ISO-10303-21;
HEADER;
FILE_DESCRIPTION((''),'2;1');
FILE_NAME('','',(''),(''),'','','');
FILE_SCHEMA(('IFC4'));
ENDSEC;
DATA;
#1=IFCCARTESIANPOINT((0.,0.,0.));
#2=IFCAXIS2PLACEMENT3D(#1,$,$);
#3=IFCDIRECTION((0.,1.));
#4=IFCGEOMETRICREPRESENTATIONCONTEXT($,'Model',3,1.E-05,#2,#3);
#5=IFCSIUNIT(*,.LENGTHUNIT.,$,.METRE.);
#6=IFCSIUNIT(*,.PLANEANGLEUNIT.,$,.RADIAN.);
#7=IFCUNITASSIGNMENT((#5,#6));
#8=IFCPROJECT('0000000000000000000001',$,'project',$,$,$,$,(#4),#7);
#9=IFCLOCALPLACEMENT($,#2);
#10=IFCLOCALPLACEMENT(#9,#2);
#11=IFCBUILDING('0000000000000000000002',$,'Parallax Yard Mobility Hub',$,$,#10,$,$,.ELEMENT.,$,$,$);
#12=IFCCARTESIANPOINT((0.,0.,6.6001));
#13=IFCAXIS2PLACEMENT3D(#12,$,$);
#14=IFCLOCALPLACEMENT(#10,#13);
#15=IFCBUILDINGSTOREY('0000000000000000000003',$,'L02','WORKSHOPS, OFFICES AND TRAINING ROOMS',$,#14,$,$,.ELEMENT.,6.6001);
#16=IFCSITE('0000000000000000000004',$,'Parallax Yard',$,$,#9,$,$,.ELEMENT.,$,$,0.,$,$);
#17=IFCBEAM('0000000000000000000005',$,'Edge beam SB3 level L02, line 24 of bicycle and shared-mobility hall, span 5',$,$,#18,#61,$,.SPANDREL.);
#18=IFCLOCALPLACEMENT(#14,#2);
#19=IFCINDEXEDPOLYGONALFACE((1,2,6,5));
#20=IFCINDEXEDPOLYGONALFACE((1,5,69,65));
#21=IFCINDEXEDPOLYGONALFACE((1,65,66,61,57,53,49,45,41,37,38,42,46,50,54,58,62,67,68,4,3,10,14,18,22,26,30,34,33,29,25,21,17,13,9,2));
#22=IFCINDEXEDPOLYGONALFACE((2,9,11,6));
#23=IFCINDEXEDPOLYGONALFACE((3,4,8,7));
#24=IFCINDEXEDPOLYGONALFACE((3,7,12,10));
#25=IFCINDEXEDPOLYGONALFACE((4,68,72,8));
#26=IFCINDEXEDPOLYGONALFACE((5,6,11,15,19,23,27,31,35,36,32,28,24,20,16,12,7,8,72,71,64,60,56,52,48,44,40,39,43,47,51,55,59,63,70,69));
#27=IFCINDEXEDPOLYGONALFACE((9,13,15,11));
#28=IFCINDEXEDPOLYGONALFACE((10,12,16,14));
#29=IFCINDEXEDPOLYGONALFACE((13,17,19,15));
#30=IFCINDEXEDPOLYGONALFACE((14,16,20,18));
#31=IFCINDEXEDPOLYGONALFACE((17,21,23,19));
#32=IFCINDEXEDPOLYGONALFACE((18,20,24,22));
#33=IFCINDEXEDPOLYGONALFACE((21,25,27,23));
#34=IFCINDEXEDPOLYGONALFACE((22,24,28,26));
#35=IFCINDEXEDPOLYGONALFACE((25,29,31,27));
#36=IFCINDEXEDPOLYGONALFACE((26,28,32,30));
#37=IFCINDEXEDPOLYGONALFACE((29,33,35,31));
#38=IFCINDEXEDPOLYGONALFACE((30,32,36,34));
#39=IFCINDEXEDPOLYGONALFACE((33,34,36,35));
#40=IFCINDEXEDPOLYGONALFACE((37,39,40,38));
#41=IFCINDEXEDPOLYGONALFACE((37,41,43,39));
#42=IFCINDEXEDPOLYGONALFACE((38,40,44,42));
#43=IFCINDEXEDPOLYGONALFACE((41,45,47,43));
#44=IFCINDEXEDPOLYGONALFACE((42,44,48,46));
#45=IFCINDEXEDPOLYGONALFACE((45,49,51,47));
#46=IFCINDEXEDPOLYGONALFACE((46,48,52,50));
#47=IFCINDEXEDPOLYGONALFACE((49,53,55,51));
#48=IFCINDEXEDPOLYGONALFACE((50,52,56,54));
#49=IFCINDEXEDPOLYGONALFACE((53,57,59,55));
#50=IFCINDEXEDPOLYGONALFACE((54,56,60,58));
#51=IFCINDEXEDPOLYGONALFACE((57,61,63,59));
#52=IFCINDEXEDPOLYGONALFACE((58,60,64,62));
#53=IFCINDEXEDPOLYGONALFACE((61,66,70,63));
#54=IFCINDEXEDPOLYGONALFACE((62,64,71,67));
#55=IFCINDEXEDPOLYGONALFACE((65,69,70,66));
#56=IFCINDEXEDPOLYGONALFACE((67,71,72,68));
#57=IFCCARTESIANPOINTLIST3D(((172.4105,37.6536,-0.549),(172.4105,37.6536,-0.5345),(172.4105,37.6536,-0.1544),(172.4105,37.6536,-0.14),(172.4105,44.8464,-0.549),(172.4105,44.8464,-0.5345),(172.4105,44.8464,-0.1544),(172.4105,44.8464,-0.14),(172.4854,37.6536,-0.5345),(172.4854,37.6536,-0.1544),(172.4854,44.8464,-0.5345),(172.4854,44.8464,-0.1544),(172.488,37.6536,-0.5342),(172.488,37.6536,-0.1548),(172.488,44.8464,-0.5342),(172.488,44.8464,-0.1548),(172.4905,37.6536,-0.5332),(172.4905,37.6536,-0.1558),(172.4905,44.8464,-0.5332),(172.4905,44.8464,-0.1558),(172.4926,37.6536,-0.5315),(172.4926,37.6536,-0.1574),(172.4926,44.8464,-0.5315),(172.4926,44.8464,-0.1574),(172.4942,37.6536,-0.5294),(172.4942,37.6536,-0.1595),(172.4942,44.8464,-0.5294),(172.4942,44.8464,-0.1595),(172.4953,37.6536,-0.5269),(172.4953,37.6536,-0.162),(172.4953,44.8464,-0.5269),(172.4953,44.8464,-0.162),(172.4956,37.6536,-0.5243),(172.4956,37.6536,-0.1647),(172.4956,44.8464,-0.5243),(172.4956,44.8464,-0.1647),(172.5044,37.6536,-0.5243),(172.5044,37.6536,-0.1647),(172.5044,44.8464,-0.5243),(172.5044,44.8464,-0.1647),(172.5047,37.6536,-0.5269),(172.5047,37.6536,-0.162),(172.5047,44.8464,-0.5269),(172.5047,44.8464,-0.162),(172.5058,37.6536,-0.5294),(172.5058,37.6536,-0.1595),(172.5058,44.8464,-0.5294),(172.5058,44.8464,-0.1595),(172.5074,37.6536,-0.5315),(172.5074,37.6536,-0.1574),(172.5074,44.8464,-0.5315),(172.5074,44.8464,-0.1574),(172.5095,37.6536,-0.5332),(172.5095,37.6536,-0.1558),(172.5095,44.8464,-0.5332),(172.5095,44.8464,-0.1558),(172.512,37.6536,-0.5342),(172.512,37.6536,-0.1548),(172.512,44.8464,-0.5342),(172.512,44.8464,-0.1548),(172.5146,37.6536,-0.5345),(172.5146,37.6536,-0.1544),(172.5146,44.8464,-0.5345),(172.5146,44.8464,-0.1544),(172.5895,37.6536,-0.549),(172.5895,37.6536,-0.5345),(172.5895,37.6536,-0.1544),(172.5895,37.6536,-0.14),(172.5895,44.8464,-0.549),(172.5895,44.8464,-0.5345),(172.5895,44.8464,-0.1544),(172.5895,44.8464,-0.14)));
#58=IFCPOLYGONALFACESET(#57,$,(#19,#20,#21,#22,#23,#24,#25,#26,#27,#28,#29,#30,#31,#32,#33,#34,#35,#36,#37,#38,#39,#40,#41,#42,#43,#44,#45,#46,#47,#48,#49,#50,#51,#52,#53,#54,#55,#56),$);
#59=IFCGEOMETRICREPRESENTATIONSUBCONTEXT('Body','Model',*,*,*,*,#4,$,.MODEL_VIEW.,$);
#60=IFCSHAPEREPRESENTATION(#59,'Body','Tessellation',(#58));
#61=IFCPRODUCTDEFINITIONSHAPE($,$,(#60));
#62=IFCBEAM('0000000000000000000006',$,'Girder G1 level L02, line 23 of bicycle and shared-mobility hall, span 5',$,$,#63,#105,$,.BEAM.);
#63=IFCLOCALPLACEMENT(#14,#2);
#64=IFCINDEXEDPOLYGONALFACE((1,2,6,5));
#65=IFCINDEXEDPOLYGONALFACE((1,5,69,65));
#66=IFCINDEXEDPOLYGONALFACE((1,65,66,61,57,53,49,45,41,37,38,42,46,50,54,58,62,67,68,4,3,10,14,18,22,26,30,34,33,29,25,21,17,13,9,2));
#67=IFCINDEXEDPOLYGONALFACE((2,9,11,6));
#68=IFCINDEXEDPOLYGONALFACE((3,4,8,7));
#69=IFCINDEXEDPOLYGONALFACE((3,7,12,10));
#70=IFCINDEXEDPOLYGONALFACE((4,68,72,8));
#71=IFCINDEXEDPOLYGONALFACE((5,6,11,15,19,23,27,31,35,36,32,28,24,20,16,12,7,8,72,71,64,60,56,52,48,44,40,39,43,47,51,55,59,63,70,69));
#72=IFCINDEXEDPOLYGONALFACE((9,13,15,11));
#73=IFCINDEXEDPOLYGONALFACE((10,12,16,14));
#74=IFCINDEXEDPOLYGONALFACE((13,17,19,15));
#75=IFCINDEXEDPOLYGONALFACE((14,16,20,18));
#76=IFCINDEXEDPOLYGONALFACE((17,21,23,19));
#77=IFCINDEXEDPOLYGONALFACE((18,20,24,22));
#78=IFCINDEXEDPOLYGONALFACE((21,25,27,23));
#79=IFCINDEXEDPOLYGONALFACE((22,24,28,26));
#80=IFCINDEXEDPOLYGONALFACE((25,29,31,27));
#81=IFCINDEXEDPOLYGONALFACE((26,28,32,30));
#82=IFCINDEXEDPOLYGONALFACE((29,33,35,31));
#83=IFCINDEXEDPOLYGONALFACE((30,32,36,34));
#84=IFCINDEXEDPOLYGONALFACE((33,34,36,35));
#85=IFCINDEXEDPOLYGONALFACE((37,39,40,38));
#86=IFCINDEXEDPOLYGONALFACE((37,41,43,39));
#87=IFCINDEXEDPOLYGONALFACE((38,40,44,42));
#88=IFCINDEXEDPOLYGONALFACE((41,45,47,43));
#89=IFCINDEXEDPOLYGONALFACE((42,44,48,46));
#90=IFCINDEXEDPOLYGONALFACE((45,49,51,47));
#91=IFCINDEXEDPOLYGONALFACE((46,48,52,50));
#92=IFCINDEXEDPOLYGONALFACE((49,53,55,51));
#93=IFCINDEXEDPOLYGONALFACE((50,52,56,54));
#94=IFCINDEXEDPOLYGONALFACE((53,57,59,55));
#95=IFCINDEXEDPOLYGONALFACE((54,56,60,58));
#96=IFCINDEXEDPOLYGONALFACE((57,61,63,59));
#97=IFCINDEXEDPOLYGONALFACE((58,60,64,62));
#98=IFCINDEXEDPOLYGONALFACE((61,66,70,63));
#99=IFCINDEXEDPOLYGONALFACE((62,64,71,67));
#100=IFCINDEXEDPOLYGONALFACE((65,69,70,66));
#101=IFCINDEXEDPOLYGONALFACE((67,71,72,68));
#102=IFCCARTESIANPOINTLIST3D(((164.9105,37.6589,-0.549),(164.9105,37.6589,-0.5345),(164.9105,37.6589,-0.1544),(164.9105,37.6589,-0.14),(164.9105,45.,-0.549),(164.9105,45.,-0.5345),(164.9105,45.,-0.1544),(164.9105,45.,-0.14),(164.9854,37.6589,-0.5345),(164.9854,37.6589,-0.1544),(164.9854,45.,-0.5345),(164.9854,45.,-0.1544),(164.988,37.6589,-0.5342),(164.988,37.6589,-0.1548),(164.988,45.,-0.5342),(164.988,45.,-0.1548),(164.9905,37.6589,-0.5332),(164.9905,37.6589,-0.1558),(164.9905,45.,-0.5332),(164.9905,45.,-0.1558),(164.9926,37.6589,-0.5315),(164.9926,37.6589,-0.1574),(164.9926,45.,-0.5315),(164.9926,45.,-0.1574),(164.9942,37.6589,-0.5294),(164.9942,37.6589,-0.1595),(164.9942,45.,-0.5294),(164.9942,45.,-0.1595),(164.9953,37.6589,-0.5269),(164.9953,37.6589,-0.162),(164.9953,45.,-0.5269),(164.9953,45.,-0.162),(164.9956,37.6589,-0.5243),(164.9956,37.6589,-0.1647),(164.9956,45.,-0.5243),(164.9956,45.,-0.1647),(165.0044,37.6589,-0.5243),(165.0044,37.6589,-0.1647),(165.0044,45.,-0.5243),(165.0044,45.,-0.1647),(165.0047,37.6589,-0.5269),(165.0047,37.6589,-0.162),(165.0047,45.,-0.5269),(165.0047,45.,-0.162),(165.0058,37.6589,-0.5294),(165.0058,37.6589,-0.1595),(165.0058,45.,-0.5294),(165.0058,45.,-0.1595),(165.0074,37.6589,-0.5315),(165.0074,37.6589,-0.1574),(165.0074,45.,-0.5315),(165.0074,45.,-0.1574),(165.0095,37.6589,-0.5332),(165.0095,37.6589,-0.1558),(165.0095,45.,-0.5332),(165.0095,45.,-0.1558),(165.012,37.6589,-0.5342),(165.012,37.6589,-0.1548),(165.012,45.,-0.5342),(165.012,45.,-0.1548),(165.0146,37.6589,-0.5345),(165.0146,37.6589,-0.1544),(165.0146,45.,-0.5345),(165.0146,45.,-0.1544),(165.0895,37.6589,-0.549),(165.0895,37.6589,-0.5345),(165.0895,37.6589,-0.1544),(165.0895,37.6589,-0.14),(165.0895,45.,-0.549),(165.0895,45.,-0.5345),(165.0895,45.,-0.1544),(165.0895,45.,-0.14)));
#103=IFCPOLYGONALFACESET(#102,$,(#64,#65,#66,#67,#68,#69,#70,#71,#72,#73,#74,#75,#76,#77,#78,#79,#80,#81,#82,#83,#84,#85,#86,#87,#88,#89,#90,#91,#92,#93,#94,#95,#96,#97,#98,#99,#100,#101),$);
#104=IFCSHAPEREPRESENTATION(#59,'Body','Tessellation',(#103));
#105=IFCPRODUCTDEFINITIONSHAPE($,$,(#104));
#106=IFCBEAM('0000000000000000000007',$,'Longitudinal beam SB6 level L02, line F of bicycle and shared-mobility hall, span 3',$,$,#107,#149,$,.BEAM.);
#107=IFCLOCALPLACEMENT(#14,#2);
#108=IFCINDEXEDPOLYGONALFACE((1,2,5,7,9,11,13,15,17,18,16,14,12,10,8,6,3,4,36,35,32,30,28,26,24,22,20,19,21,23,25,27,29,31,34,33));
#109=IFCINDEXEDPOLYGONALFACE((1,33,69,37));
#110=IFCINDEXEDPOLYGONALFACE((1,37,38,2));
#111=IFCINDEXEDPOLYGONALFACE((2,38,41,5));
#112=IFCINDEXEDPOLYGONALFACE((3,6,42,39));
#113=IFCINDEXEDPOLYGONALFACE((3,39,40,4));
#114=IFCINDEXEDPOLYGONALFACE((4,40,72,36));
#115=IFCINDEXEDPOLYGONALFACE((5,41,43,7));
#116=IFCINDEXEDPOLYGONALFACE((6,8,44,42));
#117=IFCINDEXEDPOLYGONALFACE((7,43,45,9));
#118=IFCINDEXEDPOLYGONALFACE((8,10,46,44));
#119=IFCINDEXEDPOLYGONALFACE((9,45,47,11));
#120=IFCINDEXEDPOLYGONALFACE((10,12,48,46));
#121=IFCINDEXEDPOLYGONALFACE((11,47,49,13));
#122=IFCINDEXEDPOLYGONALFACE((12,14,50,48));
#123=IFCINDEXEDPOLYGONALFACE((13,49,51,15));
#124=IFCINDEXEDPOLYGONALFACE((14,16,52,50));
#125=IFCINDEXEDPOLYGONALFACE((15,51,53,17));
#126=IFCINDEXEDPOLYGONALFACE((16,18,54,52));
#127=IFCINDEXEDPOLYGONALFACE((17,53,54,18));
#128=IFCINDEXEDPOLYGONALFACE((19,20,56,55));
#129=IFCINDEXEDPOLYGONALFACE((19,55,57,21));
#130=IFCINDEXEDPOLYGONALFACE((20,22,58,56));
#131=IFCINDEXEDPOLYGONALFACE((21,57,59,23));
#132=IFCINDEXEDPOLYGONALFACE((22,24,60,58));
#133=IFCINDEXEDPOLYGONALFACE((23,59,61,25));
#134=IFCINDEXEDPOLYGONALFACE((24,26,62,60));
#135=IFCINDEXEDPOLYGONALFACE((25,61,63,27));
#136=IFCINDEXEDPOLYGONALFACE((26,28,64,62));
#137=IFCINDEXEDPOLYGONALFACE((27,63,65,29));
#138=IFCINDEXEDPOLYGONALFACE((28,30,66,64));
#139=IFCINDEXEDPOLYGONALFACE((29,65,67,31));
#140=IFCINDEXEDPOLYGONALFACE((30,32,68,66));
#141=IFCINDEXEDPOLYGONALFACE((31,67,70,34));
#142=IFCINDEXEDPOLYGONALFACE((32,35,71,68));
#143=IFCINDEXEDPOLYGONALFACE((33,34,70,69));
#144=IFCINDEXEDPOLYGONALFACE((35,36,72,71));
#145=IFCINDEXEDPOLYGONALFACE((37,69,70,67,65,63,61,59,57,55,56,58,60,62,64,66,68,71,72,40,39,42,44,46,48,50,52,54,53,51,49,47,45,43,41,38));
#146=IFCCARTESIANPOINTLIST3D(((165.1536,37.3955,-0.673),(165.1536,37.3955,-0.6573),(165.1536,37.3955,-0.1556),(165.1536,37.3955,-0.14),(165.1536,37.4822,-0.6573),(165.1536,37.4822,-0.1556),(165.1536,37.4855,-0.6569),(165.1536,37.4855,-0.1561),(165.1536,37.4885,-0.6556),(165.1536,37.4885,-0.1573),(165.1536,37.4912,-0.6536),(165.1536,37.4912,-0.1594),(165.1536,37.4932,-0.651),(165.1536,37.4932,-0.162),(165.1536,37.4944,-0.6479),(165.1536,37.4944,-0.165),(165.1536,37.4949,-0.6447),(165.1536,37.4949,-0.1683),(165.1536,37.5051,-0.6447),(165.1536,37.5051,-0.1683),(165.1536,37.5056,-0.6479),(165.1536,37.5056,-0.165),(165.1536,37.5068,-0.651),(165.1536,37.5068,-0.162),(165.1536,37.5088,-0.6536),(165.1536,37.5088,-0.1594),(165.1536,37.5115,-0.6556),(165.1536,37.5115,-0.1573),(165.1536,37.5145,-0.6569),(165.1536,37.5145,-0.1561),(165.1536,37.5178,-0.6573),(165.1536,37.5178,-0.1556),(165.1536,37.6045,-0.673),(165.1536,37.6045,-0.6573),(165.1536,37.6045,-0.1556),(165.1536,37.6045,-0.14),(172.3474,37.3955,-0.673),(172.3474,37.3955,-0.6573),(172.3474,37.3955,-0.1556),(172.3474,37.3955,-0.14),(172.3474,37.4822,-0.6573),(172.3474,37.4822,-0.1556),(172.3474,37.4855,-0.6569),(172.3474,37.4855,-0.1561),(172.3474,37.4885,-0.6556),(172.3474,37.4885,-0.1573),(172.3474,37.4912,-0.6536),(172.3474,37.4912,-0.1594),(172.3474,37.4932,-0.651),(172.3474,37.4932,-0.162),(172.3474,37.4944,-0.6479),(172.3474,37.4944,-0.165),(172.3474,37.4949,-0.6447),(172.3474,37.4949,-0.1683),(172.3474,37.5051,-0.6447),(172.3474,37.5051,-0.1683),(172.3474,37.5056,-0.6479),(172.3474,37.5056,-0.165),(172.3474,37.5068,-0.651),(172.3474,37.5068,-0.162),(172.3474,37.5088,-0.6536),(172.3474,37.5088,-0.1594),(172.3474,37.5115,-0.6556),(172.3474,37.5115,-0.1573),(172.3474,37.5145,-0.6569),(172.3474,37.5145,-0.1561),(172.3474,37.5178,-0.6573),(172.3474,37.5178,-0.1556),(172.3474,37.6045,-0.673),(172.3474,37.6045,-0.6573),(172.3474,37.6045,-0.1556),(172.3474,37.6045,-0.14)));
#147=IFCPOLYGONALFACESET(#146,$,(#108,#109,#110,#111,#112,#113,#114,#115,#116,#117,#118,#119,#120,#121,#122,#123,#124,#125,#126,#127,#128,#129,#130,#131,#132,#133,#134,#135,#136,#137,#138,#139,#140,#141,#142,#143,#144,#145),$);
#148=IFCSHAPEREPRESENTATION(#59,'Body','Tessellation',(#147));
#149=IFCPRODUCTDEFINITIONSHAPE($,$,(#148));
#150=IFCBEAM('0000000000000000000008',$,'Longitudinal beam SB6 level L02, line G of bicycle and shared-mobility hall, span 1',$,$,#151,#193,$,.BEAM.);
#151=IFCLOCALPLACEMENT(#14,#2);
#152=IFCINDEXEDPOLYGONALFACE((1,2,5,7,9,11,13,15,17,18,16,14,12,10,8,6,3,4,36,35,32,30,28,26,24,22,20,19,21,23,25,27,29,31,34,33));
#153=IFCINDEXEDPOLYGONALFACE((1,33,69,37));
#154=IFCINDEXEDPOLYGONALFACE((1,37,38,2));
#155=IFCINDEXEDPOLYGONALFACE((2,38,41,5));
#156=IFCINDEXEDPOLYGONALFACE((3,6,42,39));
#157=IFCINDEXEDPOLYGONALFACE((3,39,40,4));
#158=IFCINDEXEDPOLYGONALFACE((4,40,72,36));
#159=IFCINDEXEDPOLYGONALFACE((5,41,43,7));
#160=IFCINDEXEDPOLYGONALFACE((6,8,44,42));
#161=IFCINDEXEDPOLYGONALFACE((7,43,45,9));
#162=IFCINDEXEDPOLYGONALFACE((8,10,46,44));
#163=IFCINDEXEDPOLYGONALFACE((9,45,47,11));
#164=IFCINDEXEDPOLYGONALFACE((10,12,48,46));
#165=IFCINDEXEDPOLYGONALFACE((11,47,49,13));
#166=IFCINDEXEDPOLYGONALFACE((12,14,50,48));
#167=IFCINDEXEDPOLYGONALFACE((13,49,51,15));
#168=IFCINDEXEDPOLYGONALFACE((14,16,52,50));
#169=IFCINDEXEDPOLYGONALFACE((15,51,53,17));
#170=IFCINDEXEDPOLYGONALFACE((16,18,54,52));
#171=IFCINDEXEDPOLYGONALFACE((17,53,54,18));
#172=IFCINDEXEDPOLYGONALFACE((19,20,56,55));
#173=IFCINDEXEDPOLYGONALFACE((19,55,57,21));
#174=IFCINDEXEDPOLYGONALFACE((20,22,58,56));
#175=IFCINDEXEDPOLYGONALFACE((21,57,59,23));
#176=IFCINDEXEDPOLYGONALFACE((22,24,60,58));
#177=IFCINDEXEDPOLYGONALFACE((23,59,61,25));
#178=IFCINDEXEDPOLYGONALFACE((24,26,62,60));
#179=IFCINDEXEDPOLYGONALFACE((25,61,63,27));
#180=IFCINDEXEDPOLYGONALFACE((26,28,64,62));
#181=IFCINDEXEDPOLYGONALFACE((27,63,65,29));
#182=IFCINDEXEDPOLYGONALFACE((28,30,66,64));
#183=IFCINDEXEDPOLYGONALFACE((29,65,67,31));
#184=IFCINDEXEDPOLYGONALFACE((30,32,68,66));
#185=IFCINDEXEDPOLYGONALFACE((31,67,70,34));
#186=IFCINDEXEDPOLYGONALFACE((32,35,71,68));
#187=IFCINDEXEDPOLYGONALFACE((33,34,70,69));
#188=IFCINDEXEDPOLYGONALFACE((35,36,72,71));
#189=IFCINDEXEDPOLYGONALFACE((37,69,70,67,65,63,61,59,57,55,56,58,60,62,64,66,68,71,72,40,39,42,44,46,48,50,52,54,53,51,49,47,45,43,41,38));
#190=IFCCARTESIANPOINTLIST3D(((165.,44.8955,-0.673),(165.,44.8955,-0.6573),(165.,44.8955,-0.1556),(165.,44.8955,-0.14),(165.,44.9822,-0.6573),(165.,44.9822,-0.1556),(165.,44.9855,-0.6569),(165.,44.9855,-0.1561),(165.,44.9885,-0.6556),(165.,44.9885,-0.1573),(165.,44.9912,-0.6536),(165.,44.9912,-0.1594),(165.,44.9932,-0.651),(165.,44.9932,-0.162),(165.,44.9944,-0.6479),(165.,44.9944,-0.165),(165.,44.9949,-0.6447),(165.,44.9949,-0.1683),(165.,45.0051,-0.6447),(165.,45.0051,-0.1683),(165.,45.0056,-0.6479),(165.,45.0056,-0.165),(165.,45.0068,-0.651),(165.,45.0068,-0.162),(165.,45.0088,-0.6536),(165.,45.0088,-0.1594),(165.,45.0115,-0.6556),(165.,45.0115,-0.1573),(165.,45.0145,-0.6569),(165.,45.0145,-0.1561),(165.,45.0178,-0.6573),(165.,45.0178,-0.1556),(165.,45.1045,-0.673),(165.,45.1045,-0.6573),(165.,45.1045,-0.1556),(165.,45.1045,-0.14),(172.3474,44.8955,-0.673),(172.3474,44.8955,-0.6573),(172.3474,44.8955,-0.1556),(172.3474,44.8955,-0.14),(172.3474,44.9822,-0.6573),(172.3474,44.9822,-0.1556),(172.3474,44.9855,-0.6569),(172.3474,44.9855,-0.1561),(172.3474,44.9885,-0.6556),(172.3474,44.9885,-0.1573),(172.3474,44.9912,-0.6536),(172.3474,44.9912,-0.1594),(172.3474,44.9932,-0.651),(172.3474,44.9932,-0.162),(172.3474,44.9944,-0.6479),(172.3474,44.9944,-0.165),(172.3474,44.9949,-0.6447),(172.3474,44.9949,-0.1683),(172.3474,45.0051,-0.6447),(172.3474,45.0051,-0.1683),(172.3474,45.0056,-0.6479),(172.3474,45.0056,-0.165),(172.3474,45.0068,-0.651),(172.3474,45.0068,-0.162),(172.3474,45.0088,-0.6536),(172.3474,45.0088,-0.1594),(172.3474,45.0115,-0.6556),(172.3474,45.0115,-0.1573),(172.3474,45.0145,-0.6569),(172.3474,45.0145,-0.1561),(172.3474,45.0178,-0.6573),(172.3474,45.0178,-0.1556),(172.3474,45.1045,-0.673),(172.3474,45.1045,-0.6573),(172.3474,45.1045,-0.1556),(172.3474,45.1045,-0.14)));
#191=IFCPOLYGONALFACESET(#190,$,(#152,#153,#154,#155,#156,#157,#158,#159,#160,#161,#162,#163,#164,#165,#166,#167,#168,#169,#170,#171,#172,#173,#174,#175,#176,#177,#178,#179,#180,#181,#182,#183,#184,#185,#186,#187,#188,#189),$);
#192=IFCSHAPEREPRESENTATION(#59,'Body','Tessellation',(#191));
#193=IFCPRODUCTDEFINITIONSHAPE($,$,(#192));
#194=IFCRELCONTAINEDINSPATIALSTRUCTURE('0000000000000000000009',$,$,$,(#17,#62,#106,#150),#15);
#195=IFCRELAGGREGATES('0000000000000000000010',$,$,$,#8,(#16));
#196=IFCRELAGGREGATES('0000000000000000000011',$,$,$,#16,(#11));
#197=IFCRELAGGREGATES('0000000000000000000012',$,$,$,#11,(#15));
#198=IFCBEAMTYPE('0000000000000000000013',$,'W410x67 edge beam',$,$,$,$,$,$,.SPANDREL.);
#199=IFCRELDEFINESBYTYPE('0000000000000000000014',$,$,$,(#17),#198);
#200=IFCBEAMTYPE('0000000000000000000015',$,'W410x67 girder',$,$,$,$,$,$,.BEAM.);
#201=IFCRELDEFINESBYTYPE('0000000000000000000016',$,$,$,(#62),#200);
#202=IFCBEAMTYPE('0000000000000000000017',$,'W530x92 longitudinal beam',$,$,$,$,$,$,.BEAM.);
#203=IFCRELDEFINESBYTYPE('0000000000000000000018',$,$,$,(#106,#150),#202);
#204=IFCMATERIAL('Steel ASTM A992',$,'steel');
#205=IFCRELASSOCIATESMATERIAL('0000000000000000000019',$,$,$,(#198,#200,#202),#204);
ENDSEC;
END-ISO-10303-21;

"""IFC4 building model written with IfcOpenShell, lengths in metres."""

from ifc_helpers import new_model, si_unit, direction, frame, origin, origin_2d, place, context, subcontext, project, spatial, i_section, extrude, material, material_profile, profile_set, type_object, element, save


model = new_model("IFC4")

# Units and contexts
model_context = context("Model", 3, precision=1e-05, world=origin(), true_north=direction((0.0, 1.0)))
body_context = subcontext(model_context, "Body", "Model", "MODEL_VIEW")
ifc_project = project(units=[si_unit("LENGTHUNIT", "METRE"), si_unit("PLANEANGLEUNIT", "RADIAN")], contexts=[model_context])

# Site, building, storey
site_placement = place(None, origin())
site = spatial("IfcSite", under=ifc_project, at=site_placement, Name="Parallax Yard", CompositionType="ELEMENT", RefElevation=0.0)
building_placement = place(site_placement, origin())
building = spatial("IfcBuilding", under=site, at=building_placement, Name="Parallax Yard Mobility Hub", CompositionType="ELEMENT")
storey_placement = place(building_placement, frame((0.0, 0.0, 6.6001)))
storey = spatial("IfcBuildingStorey", under=building, at=storey_placement, Name="L02", Description="WORKSHOPS, OFFICES AND TRAINING ROOMS", CompositionType="ELEMENT", Elevation=6.6001)

# Shared definitions
ifc_material_1 = material(Name="Steel ASTM A992", Category="steel")

# Beams
ifc_material_profile_1 = material_profile(ifc_material_1, i_section(OverallWidth=0.179, OverallDepth=0.4089, WebThickness=0.0088, FlangeThickness=0.0144, FilletRadius=0.0103, at=origin_2d()), Name="W410x67")
ifc_profile_set_1 = profile_set([ifc_material_profile_1], Name="Steel ASTM A992")
beam_type_1 = type_object("IfcBeamType", Name="W410x67 edge beam", PredefinedType="SPANDREL", material=ifc_profile_set_1)
beam_1_placement = place(storey_placement, frame((172.5, 37.6536, -0.3445), z_axis=(0.0, 1.0, 0.0), x_axis=(-1.0, 0.0, 0.0)))
element("IfcBeam", 1, at=beam_1_placement, inside=storey, type_object=beam_type_1, Name="Edge beam SB3 level L02, line 24 of bicycle and shared-mobility hall, span 5", PredefinedType="SPANDREL", context=body_context, shape_type="SweptSolid", body=[
    extrude(i_section(OverallWidth=0.179, OverallDepth=0.4089, WebThickness=0.0088, FlangeThickness=0.0144, FilletRadius=0.0103, at=origin_2d()), origin(), (0.0, 0.0, 1.0), 7.1929),
])
ifc_material_profile_2 = material_profile(ifc_material_1, i_section(OverallWidth=0.179, OverallDepth=0.4089, WebThickness=0.0088, FlangeThickness=0.0144, FilletRadius=0.0103, at=origin_2d()), Name="W410x67")
ifc_profile_set_2 = profile_set([ifc_material_profile_2], Name="Steel ASTM A992")
beam_type_2 = type_object("IfcBeamType", Name="W410x67 girder", PredefinedType="BEAM", material=ifc_profile_set_2)
beam_2_placement = place(storey_placement, frame((165.0, 37.6589, -0.3445), z_axis=(0.0, 1.0, 0.0), x_axis=(-1.0, 0.0, 0.0)))
element("IfcBeam", 2, at=beam_2_placement, inside=storey, type_object=beam_type_2, Name="Girder G1 level L02, line 23 of bicycle and shared-mobility hall, span 5", PredefinedType="BEAM", context=body_context, shape_type="SweptSolid", body=[
    extrude(i_section(OverallWidth=0.179, OverallDepth=0.4089, WebThickness=0.0088, FlangeThickness=0.0144, FilletRadius=0.0103, at=origin_2d()), origin(), (0.0, 0.0, 1.0), 7.3411),
])
ifc_material_profile_3 = material_profile(ifc_material_1, i_section(OverallWidth=0.209, OverallDepth=0.533, WebThickness=0.0103, FlangeThickness=0.0156, FilletRadius=0.0127, at=origin_2d()), Name="W530x92")
ifc_profile_set_3 = profile_set([ifc_material_profile_3], Name="Steel ASTM A992")
beam_type_3 = type_object("IfcBeamType", Name="W530x92 longitudinal beam", PredefinedType="BEAM", material=ifc_profile_set_3)
beam_3_placement = place(storey_placement, frame((165.1536, 37.5, -0.4065), z_axis=(1.0, 0.0, 0.0), x_axis=(0.0, 1.0, 0.0)))
element("IfcBeam", 3, at=beam_3_placement, inside=storey, type_object=beam_type_3, Name="Longitudinal beam SB6 level L02, line F of bicycle and shared-mobility hall, span 3", PredefinedType="BEAM", context=body_context, shape_type="SweptSolid", body=[
    extrude(i_section(OverallWidth=0.209, OverallDepth=0.533, WebThickness=0.0103, FlangeThickness=0.0156, FilletRadius=0.0127, at=origin_2d()), origin(), (0.0, 0.0, 1.0), 7.1938),
])
beam_4_placement = place(storey_placement, frame((165.0, 45.0, -0.4065), z_axis=(1.0, 0.0, 0.0), x_axis=(0.0, 1.0, 0.0)))
element("IfcBeam", 4, at=beam_4_placement, inside=storey, type_object=beam_type_3, Name="Longitudinal beam SB6 level L02, line G of bicycle and shared-mobility hall, span 1", PredefinedType="BEAM", context=body_context, shape_type="SweptSolid", body=[
    extrude(i_section(OverallWidth=0.209, OverallDepth=0.533, WebThickness=0.0103, FlangeThickness=0.0156, FilletRadius=0.0127, at=origin_2d()), origin(), (0.0, 0.0, 1.0), 7.3474),
])

save(model, "model.ifc")
